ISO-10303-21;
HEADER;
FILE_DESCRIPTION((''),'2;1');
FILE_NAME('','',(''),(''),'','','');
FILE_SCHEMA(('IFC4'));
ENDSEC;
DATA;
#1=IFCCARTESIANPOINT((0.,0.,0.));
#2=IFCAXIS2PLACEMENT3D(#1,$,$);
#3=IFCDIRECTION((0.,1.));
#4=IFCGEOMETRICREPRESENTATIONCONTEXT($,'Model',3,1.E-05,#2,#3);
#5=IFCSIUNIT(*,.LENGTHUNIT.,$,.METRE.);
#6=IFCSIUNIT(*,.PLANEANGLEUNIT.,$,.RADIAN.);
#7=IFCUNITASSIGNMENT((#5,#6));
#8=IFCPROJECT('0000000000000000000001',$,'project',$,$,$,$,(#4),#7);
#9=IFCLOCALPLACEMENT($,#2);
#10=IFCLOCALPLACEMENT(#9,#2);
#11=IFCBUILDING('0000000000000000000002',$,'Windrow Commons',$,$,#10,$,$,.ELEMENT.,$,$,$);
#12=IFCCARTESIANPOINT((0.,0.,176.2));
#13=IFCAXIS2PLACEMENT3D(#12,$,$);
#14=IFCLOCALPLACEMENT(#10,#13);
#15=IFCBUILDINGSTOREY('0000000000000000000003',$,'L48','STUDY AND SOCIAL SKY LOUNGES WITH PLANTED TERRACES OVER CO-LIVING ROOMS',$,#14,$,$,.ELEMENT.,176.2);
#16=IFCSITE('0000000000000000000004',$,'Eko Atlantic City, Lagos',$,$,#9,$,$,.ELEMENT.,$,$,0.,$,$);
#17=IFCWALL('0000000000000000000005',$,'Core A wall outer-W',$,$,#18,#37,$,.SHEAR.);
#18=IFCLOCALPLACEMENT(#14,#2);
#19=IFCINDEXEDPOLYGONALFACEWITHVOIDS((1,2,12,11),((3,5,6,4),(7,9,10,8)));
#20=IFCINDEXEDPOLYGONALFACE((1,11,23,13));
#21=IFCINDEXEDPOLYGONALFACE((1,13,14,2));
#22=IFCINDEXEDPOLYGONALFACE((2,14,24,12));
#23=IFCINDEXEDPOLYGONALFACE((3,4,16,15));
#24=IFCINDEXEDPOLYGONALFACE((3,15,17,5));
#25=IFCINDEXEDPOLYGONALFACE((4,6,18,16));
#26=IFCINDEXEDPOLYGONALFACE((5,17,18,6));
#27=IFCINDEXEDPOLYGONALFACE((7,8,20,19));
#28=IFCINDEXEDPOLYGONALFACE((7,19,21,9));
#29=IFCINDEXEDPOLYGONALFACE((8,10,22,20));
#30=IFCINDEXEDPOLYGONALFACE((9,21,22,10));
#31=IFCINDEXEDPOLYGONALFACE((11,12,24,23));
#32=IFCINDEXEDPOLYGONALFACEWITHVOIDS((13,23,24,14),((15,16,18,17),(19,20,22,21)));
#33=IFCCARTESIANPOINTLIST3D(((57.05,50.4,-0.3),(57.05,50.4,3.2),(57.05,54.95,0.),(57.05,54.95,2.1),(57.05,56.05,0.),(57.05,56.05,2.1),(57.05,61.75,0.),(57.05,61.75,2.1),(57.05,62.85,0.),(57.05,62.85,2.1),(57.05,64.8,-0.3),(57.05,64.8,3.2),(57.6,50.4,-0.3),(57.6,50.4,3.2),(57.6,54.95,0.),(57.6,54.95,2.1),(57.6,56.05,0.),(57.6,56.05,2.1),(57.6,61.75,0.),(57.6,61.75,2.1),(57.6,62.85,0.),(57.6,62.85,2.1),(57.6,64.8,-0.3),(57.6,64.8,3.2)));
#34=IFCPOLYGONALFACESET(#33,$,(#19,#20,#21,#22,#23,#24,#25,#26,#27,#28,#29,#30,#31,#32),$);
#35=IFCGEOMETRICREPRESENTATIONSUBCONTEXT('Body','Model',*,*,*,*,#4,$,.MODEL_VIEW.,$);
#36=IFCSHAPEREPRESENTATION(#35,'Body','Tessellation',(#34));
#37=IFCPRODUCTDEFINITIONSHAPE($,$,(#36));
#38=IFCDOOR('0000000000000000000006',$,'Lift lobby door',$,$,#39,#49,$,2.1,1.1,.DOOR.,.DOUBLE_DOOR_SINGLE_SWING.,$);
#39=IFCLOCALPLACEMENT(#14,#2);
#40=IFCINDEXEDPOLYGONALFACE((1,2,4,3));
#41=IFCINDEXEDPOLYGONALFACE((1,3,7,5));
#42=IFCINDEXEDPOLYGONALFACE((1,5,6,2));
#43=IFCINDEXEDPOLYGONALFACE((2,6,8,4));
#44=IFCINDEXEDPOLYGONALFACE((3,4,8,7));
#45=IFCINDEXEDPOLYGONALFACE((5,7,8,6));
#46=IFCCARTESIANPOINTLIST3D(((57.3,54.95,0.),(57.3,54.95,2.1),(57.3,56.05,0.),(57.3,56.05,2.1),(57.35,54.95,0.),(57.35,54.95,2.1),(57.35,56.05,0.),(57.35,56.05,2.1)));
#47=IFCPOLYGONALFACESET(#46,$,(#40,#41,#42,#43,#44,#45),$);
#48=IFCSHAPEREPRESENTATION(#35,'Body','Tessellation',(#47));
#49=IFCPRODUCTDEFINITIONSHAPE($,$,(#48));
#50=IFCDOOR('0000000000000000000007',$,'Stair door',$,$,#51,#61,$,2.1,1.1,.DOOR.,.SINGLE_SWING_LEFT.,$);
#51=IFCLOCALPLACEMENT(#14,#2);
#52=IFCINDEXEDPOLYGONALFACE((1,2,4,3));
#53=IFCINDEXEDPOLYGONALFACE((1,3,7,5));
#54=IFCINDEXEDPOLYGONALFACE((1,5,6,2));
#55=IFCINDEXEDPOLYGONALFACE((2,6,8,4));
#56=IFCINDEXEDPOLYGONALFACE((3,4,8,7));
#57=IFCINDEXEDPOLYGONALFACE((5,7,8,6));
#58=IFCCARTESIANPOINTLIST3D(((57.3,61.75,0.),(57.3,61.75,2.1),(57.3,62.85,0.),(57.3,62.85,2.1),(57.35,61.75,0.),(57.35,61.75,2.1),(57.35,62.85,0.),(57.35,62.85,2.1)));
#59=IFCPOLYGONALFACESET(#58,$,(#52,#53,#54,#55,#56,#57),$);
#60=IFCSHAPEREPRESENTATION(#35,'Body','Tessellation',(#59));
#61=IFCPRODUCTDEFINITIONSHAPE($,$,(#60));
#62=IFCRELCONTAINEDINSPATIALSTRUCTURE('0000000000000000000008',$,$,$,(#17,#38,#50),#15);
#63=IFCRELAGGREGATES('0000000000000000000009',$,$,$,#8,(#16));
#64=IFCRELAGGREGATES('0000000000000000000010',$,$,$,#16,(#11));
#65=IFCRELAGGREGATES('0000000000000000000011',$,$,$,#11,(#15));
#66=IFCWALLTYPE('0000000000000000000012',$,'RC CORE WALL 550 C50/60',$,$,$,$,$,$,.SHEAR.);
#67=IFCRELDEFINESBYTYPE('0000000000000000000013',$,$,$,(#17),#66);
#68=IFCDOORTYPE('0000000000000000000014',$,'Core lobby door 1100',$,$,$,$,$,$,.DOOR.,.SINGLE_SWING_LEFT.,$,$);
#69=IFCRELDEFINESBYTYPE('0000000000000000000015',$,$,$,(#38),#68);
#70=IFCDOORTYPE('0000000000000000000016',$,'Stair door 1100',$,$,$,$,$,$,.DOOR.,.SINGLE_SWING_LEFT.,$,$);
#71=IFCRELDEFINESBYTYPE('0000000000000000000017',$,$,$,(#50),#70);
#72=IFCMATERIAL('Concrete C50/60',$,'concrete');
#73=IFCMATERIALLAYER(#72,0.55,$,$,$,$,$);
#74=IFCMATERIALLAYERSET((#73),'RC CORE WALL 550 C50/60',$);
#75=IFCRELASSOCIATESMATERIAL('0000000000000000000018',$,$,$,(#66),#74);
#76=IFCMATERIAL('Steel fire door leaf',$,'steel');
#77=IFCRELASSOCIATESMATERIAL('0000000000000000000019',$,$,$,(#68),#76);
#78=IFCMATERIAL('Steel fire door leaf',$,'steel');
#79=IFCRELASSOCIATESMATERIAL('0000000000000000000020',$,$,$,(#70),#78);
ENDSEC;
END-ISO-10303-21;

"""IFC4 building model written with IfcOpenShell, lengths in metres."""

from ifc_helpers import new_model, si_unit, direction, frame, frame_2d, origin, place, context, subcontext, project, spatial, rectangle, extrude, material, layer, layer_set, type_object, element, fill, save


model = new_model("IFC4")

# Units and contexts
model_context = context("Model", 3, precision=1e-05, world=origin(), true_north=direction((0.0, 1.0)))
body_context = subcontext(model_context, "Body", "Model", "MODEL_VIEW")
ifc_project = project(units=[si_unit("LENGTHUNIT", "METRE"), si_unit("PLANEANGLEUNIT", "RADIAN")], contexts=[model_context])

# Site, building, storey
site_placement = place(None, origin())
site = spatial("IfcSite", under=ifc_project, at=site_placement, Name="Eko Atlantic City, Lagos", CompositionType="ELEMENT", RefElevation=0.0)
building_placement = place(site_placement, origin())
building = spatial("IfcBuilding", under=site, at=building_placement, Name="Windrow Commons", CompositionType="ELEMENT")
storey_placement = place(building_placement, frame((0.0, 0.0, 176.2)))
storey = spatial("IfcBuildingStorey", under=building, at=storey_placement, Name="L48", Description="STUDY AND SOCIAL SKY LOUNGES WITH PLANTED TERRACES OVER CO-LIVING ROOMS", CompositionType="ELEMENT", Elevation=176.2)

# Wall, openings, doors
ifc_material_1 = material(Name="Concrete C50/60", Category="concrete")
ifc_layer_1 = layer(ifc_material_1, 0.55)
ifc_layer_set_1 = layer_set([ifc_layer_1], Name="RC CORE WALL 550 C50/60")
wall_type_1 = type_object("IfcWallType", Name="RC CORE WALL 550 C50/60", PredefinedType="SHEAR", material=ifc_layer_set_1)
wall_1_placement = place(storey_placement, frame((57.325, 50.4, -0.3), z_axis=(0.0, 0.0, 1.0), x_axis=(0.0, 1.0, 0.0)))
wall_1 = element("IfcWall", 1, at=wall_1_placement, inside=storey, type_object=wall_type_1, Name="Core A wall outer-W", PredefinedType="SHEAR", context=body_context, shape_type="SweptSolid", body=[
    extrude(rectangle(XDim=14.4, YDim=0.55, at=frame_2d((7.2, 0.0))), origin(), (0.0, 0.0, 1.0), 3.5),
])
opening_1_placement = place(wall_1_placement, frame((4.55, 0.0, 0.3)))
opening_1 = element("IfcOpeningElement", 2, at=opening_1_placement, cuts=wall_1, PredefinedType="OPENING", context=body_context, shape_type="SweptSolid", body=[
    extrude(rectangle(XDim=1.1, YDim=2.1, at=frame_2d((0.55, 1.05))), frame((0.0, 0.285, 0.0), z_axis=(0.0, -1.0, 0.0), x_axis=(1.0, 0.0, 0.0)), (0.0, 0.0, 1.0), 0.57),
])
opening_2_placement = place(wall_1_placement, frame((11.35, 0.0, 0.3)))
opening_2 = element("IfcOpeningElement", 3, at=opening_2_placement, cuts=wall_1, PredefinedType="OPENING", context=body_context, shape_type="SweptSolid", body=[
    extrude(rectangle(XDim=1.1, YDim=2.1, at=frame_2d((0.55, 1.05))), frame((0.0, 0.285, 0.0), z_axis=(0.0, -1.0, 0.0), x_axis=(1.0, 0.0, 0.0)), (0.0, 0.0, 1.0), 0.57),
])
ifc_material_2 = material(Name="Steel fire door leaf", Category="steel")
door_type_1 = type_object("IfcDoorType", Name="Core lobby door 1100", OperationType="SINGLE_SWING_LEFT", PredefinedType="DOOR", material=ifc_material_2)
door_1_placement = place(opening_1_placement, origin())
door_1 = element("IfcDoor", 4, at=door_1_placement, inside=storey, type_object=door_type_1, Name="Lift lobby door", OperationType="DOUBLE_DOOR_SINGLE_SWING", OverallHeight=2.1, OverallWidth=1.1, PredefinedType="DOOR", context=body_context, shape_type="SweptSolid", body=[
    extrude(rectangle(XDim=1.1, YDim=2.1, at=frame_2d((0.55, 1.05))), frame((0.0, 0.025, 0.0), z_axis=(0.0, -1.0, 0.0), x_axis=(1.0, 0.0, 0.0)), (0.0, 0.0, 1.0), 0.05),
])
fill(opening_1, door_1)
ifc_material_3 = material(Name="Steel fire door leaf", Category="steel")
door_type_2 = type_object("IfcDoorType", Name="Stair door 1100", OperationType="SINGLE_SWING_LEFT", PredefinedType="DOOR", material=ifc_material_3)
door_2_placement = place(opening_2_placement, origin())
door_2 = element("IfcDoor", 5, at=door_2_placement, inside=storey, type_object=door_type_2, Name="Stair door", OperationType="SINGLE_SWING_LEFT", OverallHeight=2.1, OverallWidth=1.1, PredefinedType="DOOR", context=body_context, shape_type="SweptSolid", body=[
    extrude(rectangle(XDim=1.1, YDim=2.1, at=frame_2d((0.55, 1.05))), frame((0.0, 0.025, 0.0), z_axis=(0.0, -1.0, 0.0), x_axis=(1.0, 0.0, 0.0)), (0.0, 0.0, 1.0), 0.05),
])
fill(opening_2, door_2)

save(model, "model.ifc")
